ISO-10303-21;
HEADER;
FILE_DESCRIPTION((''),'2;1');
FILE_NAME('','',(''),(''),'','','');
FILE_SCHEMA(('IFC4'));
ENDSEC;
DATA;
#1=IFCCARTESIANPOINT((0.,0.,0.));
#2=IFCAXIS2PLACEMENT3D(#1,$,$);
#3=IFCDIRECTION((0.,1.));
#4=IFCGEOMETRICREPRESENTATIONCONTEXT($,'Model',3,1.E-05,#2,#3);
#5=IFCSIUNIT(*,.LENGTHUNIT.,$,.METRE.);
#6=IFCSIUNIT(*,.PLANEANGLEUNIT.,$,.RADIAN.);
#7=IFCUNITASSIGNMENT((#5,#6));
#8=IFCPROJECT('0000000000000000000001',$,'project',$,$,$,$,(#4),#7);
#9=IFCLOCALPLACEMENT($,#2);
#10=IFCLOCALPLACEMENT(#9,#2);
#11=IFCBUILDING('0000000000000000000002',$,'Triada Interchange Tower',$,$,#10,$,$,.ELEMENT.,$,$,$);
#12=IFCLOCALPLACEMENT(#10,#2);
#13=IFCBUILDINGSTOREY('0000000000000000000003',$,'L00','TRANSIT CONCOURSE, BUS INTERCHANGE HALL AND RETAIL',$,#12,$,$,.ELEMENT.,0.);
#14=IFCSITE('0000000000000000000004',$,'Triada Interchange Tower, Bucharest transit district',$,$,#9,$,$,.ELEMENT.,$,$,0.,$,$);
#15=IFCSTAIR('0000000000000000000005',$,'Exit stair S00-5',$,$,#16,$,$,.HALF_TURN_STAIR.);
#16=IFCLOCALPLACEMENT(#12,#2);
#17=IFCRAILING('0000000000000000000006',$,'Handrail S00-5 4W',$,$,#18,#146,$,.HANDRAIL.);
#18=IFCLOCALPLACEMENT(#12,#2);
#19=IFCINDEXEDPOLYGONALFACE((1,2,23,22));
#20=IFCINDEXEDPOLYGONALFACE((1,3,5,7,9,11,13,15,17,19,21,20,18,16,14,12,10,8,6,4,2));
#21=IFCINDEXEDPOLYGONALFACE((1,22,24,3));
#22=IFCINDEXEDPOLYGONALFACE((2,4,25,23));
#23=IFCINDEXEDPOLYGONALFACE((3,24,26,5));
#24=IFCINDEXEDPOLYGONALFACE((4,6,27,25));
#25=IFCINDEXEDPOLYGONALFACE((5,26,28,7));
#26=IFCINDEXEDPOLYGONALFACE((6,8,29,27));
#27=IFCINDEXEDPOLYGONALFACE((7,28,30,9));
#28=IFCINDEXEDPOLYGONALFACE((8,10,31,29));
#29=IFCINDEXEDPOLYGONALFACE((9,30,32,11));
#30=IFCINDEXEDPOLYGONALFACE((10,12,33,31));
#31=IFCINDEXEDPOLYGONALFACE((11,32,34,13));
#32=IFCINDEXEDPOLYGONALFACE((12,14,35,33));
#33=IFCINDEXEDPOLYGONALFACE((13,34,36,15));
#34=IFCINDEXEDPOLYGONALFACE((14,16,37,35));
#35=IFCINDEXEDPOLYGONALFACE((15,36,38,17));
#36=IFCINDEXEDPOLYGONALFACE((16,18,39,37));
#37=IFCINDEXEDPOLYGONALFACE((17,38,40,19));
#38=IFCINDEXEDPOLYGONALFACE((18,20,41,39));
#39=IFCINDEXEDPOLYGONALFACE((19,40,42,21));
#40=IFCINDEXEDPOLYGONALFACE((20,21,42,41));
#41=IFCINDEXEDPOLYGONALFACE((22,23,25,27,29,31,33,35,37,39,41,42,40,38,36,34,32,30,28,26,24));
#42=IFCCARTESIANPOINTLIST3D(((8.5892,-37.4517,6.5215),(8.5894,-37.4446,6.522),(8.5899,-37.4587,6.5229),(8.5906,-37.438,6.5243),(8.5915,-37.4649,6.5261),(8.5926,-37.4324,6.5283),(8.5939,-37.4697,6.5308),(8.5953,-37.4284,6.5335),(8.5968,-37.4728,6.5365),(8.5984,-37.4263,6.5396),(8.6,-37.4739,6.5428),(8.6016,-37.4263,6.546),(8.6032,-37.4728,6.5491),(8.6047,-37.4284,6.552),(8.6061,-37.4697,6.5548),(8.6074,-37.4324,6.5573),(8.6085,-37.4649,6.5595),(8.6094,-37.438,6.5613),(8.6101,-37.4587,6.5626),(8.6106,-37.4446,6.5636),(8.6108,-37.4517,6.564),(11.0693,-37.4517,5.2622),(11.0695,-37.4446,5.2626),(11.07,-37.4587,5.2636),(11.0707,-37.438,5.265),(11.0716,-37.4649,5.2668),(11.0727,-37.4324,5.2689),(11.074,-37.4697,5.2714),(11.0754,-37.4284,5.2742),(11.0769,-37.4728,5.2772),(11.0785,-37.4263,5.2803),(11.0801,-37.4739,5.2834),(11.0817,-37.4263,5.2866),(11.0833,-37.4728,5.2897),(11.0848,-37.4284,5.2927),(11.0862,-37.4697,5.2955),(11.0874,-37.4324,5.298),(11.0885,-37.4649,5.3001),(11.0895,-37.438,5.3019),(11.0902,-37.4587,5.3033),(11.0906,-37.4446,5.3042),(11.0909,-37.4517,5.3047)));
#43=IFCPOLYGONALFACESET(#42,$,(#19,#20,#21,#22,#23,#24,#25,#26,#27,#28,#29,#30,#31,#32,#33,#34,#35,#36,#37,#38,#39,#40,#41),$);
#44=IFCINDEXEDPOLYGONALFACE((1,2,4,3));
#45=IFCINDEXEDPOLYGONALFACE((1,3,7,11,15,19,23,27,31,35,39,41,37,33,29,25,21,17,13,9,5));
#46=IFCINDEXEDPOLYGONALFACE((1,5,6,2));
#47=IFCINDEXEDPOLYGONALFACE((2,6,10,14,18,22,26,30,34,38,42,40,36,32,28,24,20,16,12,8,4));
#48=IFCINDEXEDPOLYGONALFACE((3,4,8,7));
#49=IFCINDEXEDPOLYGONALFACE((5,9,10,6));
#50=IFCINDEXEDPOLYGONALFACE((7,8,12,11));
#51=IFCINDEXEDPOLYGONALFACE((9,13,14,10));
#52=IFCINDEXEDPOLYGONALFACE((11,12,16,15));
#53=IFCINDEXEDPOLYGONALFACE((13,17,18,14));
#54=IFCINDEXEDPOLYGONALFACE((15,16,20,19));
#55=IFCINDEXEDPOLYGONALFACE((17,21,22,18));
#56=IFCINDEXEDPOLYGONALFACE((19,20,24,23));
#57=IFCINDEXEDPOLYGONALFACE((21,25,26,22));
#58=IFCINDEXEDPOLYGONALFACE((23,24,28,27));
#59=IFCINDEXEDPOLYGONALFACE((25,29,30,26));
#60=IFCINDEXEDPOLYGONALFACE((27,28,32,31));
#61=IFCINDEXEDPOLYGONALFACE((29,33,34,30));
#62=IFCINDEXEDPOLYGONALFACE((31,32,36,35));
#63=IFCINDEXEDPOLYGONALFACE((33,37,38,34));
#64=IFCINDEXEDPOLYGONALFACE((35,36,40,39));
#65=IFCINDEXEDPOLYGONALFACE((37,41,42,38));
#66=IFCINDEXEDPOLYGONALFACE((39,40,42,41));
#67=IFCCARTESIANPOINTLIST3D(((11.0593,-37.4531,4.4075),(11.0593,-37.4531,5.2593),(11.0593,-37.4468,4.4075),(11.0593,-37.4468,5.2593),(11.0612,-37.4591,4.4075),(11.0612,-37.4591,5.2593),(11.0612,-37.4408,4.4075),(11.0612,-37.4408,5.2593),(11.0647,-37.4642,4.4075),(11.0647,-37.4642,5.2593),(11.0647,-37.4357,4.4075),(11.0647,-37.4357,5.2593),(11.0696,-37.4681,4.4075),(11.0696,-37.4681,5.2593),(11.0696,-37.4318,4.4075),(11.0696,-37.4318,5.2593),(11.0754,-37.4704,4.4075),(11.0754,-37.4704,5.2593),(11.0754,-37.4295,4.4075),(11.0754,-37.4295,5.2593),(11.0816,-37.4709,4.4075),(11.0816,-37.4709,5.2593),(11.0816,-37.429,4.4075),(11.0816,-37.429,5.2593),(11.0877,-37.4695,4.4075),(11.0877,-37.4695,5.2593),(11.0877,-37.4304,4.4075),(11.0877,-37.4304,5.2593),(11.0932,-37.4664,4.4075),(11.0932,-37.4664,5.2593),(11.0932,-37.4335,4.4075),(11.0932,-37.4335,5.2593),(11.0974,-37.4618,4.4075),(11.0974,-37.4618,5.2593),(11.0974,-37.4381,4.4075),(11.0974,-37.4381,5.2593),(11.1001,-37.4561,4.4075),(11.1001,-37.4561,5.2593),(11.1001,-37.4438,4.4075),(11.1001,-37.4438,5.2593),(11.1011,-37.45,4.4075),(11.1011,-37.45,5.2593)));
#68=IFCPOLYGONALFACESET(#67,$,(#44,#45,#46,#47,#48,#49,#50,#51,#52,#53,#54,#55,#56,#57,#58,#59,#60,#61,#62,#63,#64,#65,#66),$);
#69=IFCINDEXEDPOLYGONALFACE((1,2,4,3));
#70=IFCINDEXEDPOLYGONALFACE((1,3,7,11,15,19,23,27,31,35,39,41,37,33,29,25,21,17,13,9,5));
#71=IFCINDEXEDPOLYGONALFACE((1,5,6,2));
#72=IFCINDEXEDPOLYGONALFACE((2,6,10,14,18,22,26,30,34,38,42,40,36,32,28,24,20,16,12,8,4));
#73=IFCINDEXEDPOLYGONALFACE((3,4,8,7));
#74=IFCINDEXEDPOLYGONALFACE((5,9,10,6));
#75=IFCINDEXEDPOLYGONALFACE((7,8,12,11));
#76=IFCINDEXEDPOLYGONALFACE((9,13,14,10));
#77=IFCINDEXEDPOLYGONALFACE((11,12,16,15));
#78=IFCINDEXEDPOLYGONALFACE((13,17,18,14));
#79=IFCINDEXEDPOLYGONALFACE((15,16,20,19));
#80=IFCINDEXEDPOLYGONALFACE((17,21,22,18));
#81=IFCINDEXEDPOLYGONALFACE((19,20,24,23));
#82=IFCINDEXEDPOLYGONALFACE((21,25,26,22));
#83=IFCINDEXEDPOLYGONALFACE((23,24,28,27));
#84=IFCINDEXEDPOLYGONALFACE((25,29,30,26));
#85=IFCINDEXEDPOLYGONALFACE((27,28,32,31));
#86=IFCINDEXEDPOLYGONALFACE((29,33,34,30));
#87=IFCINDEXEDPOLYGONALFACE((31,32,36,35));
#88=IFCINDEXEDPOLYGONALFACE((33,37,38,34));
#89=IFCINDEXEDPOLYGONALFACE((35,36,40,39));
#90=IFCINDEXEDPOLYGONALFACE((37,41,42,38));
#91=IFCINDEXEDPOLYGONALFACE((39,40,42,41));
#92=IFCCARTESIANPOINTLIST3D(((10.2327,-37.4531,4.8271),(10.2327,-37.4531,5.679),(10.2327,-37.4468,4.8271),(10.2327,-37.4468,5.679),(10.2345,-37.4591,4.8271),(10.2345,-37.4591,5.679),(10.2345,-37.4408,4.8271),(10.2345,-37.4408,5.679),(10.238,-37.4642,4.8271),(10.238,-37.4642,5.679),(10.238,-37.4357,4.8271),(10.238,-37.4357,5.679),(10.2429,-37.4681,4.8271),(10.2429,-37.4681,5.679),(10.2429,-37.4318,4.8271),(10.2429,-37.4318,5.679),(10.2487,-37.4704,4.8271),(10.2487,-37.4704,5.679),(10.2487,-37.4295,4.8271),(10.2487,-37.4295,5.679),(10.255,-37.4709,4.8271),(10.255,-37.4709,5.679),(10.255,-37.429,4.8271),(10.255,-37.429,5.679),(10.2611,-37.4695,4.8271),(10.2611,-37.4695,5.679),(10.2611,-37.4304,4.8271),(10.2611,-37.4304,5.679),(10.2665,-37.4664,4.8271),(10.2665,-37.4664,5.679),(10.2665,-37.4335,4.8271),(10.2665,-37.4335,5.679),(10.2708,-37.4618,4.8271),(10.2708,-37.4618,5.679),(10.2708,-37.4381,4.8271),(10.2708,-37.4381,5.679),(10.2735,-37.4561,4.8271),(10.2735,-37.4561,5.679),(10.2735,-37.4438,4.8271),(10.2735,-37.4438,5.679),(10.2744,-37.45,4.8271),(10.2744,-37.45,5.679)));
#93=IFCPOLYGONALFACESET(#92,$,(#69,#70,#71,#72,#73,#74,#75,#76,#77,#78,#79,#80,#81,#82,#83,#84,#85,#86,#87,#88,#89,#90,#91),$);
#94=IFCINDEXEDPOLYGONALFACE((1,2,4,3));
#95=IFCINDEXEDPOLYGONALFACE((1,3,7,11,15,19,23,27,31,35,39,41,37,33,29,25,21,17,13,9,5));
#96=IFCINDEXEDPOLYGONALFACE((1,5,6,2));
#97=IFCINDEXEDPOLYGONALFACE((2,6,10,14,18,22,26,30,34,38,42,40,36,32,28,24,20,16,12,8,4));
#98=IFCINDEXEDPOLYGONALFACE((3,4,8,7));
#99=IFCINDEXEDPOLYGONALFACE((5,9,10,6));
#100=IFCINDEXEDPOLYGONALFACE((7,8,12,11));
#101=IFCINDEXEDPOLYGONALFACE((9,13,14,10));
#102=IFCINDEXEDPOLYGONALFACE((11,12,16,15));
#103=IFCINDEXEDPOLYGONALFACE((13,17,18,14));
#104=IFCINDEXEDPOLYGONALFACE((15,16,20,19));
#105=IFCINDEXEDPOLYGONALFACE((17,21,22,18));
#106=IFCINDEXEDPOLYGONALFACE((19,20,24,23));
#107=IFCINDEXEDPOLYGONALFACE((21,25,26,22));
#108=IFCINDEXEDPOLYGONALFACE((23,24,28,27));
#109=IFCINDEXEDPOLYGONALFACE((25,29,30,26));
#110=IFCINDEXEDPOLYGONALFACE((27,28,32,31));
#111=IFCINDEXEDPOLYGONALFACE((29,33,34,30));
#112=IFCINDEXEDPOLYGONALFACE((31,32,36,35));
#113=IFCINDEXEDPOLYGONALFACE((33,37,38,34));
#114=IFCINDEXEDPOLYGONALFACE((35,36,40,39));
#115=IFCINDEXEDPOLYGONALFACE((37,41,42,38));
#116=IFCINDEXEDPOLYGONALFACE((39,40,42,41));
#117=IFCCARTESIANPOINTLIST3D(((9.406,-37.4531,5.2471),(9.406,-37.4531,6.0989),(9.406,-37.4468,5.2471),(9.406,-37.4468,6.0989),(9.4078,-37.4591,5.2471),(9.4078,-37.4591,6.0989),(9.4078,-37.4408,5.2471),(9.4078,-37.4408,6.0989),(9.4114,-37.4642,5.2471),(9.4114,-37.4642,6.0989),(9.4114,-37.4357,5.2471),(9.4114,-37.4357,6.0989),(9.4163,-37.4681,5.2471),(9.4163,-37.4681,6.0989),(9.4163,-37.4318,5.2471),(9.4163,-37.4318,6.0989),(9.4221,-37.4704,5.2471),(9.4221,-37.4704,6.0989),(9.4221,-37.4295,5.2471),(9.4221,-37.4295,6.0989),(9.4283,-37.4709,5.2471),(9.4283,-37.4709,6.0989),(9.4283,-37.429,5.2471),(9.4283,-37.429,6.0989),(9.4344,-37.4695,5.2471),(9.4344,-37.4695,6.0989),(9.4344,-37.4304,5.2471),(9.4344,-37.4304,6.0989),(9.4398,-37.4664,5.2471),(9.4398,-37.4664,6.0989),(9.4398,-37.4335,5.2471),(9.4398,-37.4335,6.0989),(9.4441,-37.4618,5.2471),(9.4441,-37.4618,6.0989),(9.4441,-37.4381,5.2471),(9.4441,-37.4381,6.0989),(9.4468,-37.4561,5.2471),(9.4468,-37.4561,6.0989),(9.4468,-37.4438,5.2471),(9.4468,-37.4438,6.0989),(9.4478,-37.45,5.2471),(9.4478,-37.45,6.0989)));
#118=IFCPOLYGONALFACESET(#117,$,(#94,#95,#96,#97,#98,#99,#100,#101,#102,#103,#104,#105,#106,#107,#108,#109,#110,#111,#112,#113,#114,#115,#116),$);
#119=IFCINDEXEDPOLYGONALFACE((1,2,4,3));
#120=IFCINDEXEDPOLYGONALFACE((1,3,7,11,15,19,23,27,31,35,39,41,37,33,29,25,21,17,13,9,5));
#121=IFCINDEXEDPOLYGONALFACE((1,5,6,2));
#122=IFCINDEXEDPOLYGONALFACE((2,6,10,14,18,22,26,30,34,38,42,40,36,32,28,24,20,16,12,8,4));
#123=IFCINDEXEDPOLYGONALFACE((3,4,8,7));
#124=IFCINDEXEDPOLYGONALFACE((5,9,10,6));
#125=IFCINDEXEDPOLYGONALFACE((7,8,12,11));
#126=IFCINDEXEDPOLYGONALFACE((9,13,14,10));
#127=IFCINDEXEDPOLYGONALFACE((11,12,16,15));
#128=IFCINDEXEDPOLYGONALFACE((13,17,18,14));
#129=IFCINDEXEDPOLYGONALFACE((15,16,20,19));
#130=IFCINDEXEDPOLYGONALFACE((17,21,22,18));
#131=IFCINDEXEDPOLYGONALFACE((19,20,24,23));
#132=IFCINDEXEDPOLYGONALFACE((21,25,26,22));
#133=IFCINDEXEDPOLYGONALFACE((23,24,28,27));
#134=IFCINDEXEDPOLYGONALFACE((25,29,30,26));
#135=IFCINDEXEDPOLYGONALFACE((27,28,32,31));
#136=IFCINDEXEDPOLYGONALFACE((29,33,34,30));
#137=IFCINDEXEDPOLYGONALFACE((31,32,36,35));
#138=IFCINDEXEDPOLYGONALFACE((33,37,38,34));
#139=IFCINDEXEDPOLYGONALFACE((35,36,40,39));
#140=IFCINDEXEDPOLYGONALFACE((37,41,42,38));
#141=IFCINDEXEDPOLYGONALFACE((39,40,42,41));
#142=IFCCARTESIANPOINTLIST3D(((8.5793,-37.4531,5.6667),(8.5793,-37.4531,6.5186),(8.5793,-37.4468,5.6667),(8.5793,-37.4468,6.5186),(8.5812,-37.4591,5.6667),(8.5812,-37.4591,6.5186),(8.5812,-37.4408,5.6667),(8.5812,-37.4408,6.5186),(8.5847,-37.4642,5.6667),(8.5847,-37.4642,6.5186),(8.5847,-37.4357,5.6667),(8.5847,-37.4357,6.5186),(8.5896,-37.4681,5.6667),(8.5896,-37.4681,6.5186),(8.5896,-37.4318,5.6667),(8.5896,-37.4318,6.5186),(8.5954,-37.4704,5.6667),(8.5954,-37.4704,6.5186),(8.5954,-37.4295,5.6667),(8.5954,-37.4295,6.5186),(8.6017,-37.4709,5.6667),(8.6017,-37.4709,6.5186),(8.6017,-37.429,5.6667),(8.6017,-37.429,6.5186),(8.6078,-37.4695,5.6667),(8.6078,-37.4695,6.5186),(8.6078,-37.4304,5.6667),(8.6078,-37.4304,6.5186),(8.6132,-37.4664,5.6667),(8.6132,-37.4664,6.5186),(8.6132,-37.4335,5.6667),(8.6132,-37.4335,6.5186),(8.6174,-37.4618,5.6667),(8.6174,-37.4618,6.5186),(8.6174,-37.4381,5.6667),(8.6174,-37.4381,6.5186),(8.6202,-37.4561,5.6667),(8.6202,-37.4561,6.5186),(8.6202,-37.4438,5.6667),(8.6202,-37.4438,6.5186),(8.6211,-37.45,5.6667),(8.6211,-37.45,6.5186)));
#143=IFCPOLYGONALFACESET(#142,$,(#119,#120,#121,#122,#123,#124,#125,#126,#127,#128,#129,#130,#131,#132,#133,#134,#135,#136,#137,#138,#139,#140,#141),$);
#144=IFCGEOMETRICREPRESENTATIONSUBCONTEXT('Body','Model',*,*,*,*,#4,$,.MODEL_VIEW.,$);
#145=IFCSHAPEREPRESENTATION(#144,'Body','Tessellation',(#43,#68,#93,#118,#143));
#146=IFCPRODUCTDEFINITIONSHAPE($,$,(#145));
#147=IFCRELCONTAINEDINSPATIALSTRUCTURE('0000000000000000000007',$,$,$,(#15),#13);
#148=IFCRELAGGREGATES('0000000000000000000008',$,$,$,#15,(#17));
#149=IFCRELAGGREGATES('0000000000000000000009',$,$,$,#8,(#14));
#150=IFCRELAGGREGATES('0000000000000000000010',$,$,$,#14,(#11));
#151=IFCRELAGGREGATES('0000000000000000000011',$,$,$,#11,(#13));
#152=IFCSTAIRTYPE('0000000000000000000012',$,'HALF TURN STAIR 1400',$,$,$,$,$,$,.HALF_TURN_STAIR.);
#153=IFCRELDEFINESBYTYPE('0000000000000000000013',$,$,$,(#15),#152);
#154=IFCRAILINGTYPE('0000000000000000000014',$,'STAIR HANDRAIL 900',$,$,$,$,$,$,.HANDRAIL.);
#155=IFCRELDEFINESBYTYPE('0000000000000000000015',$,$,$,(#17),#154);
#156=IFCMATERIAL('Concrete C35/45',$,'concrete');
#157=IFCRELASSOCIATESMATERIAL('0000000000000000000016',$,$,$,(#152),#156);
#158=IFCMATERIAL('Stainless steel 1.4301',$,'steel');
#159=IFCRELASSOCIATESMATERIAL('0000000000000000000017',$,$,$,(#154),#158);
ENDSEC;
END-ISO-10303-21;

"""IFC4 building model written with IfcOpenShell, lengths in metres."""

from ifc_helpers import new_model, si_unit, direction, frame, origin, origin_2d, place, context, subcontext, project, spatial, circle, extrude, material, type_object, element, aggregate, save


model = new_model("IFC4")

# Units and contexts
model_context = context("Model", 3, precision=1e-05, world=origin(), true_north=direction((0.0, 1.0)))
body_context = subcontext(model_context, "Body", "Model", "MODEL_VIEW")
ifc_project = project(units=[si_unit("LENGTHUNIT", "METRE"), si_unit("PLANEANGLEUNIT", "RADIAN")], contexts=[model_context])

# Site, building, storey
site_placement = place(None, origin())
site = spatial("IfcSite", under=ifc_project, at=site_placement, Name="Triada Interchange Tower, Bucharest transit district", CompositionType="ELEMENT", RefElevation=0.0)
building_placement = place(site_placement, origin())
building = spatial("IfcBuilding", under=site, at=building_placement, Name="Triada Interchange Tower", CompositionType="ELEMENT")
storey_placement = place(building_placement, origin())
storey = spatial("IfcBuildingStorey", under=building, at=storey_placement, Name="L00", Description="TRANSIT CONCOURSE, BUS INTERCHANGE HALL AND RETAIL", CompositionType="ELEMENT", Elevation=0.0)

# Shared definitions
ifc_material_1 = material(Name="Concrete C35/45", Category="concrete")

# Stair, railing
stair_type = type_object("IfcStairType", Name="HALF TURN STAIR 1400", PredefinedType="HALF_TURN_STAIR", material=ifc_material_1)
stair_1_placement = place(storey_placement, origin())
stair_1 = element("IfcStair", 1, at=stair_1_placement, inside=storey, type_object=stair_type, Name="Exit stair S00-5", PredefinedType="HALF_TURN_STAIR")
ifc_material_2 = material(Name="Stainless steel 1.4301", Category="steel")
railing_type_1 = type_object("IfcRailingType", Name="STAIR HANDRAIL 900", PredefinedType="HANDRAIL", material=ifc_material_2)
railing_1_placement = place(storey_placement, frame((11.0801, -37.45, 4.4075)))
railing_1 = element("IfcRailing", 2, at=railing_1_placement, type_object=railing_type_1, Name="Handrail S00-5 4W", PredefinedType="HANDRAIL", context=body_context, shape_type="SweptSolid", body=[
    extrude(circle(Radius=0.0239, at=origin_2d()), frame((0.0, 0.0, 0.876), z_axis=(-0.891636, 0.0, 0.452752), x_axis=(0.0, -1.0, 0.0)), (0.0, 0.0, 1.0), 2.7815),
    extrude(circle(Radius=0.021, at=origin_2d()), origin(), (0.0, 0.0, 1.0), 0.8518),
    extrude(circle(Radius=0.021, at=origin_2d()), frame((-0.8267, 0.0, 0.4197)), (0.0, 0.0, 1.0), 0.8518),
    extrude(circle(Radius=0.021, at=origin_2d()), frame((-1.6533, 0.0, 0.8396)), (0.0, 0.0, 1.0), 0.8518),
    extrude(circle(Radius=0.021, at=origin_2d()), frame((-2.48, 0.0, 1.2593)), (0.0, 0.0, 1.0), 0.8518),
])
aggregate(stair_1, [railing_1])

save(model, "model.ifc")
